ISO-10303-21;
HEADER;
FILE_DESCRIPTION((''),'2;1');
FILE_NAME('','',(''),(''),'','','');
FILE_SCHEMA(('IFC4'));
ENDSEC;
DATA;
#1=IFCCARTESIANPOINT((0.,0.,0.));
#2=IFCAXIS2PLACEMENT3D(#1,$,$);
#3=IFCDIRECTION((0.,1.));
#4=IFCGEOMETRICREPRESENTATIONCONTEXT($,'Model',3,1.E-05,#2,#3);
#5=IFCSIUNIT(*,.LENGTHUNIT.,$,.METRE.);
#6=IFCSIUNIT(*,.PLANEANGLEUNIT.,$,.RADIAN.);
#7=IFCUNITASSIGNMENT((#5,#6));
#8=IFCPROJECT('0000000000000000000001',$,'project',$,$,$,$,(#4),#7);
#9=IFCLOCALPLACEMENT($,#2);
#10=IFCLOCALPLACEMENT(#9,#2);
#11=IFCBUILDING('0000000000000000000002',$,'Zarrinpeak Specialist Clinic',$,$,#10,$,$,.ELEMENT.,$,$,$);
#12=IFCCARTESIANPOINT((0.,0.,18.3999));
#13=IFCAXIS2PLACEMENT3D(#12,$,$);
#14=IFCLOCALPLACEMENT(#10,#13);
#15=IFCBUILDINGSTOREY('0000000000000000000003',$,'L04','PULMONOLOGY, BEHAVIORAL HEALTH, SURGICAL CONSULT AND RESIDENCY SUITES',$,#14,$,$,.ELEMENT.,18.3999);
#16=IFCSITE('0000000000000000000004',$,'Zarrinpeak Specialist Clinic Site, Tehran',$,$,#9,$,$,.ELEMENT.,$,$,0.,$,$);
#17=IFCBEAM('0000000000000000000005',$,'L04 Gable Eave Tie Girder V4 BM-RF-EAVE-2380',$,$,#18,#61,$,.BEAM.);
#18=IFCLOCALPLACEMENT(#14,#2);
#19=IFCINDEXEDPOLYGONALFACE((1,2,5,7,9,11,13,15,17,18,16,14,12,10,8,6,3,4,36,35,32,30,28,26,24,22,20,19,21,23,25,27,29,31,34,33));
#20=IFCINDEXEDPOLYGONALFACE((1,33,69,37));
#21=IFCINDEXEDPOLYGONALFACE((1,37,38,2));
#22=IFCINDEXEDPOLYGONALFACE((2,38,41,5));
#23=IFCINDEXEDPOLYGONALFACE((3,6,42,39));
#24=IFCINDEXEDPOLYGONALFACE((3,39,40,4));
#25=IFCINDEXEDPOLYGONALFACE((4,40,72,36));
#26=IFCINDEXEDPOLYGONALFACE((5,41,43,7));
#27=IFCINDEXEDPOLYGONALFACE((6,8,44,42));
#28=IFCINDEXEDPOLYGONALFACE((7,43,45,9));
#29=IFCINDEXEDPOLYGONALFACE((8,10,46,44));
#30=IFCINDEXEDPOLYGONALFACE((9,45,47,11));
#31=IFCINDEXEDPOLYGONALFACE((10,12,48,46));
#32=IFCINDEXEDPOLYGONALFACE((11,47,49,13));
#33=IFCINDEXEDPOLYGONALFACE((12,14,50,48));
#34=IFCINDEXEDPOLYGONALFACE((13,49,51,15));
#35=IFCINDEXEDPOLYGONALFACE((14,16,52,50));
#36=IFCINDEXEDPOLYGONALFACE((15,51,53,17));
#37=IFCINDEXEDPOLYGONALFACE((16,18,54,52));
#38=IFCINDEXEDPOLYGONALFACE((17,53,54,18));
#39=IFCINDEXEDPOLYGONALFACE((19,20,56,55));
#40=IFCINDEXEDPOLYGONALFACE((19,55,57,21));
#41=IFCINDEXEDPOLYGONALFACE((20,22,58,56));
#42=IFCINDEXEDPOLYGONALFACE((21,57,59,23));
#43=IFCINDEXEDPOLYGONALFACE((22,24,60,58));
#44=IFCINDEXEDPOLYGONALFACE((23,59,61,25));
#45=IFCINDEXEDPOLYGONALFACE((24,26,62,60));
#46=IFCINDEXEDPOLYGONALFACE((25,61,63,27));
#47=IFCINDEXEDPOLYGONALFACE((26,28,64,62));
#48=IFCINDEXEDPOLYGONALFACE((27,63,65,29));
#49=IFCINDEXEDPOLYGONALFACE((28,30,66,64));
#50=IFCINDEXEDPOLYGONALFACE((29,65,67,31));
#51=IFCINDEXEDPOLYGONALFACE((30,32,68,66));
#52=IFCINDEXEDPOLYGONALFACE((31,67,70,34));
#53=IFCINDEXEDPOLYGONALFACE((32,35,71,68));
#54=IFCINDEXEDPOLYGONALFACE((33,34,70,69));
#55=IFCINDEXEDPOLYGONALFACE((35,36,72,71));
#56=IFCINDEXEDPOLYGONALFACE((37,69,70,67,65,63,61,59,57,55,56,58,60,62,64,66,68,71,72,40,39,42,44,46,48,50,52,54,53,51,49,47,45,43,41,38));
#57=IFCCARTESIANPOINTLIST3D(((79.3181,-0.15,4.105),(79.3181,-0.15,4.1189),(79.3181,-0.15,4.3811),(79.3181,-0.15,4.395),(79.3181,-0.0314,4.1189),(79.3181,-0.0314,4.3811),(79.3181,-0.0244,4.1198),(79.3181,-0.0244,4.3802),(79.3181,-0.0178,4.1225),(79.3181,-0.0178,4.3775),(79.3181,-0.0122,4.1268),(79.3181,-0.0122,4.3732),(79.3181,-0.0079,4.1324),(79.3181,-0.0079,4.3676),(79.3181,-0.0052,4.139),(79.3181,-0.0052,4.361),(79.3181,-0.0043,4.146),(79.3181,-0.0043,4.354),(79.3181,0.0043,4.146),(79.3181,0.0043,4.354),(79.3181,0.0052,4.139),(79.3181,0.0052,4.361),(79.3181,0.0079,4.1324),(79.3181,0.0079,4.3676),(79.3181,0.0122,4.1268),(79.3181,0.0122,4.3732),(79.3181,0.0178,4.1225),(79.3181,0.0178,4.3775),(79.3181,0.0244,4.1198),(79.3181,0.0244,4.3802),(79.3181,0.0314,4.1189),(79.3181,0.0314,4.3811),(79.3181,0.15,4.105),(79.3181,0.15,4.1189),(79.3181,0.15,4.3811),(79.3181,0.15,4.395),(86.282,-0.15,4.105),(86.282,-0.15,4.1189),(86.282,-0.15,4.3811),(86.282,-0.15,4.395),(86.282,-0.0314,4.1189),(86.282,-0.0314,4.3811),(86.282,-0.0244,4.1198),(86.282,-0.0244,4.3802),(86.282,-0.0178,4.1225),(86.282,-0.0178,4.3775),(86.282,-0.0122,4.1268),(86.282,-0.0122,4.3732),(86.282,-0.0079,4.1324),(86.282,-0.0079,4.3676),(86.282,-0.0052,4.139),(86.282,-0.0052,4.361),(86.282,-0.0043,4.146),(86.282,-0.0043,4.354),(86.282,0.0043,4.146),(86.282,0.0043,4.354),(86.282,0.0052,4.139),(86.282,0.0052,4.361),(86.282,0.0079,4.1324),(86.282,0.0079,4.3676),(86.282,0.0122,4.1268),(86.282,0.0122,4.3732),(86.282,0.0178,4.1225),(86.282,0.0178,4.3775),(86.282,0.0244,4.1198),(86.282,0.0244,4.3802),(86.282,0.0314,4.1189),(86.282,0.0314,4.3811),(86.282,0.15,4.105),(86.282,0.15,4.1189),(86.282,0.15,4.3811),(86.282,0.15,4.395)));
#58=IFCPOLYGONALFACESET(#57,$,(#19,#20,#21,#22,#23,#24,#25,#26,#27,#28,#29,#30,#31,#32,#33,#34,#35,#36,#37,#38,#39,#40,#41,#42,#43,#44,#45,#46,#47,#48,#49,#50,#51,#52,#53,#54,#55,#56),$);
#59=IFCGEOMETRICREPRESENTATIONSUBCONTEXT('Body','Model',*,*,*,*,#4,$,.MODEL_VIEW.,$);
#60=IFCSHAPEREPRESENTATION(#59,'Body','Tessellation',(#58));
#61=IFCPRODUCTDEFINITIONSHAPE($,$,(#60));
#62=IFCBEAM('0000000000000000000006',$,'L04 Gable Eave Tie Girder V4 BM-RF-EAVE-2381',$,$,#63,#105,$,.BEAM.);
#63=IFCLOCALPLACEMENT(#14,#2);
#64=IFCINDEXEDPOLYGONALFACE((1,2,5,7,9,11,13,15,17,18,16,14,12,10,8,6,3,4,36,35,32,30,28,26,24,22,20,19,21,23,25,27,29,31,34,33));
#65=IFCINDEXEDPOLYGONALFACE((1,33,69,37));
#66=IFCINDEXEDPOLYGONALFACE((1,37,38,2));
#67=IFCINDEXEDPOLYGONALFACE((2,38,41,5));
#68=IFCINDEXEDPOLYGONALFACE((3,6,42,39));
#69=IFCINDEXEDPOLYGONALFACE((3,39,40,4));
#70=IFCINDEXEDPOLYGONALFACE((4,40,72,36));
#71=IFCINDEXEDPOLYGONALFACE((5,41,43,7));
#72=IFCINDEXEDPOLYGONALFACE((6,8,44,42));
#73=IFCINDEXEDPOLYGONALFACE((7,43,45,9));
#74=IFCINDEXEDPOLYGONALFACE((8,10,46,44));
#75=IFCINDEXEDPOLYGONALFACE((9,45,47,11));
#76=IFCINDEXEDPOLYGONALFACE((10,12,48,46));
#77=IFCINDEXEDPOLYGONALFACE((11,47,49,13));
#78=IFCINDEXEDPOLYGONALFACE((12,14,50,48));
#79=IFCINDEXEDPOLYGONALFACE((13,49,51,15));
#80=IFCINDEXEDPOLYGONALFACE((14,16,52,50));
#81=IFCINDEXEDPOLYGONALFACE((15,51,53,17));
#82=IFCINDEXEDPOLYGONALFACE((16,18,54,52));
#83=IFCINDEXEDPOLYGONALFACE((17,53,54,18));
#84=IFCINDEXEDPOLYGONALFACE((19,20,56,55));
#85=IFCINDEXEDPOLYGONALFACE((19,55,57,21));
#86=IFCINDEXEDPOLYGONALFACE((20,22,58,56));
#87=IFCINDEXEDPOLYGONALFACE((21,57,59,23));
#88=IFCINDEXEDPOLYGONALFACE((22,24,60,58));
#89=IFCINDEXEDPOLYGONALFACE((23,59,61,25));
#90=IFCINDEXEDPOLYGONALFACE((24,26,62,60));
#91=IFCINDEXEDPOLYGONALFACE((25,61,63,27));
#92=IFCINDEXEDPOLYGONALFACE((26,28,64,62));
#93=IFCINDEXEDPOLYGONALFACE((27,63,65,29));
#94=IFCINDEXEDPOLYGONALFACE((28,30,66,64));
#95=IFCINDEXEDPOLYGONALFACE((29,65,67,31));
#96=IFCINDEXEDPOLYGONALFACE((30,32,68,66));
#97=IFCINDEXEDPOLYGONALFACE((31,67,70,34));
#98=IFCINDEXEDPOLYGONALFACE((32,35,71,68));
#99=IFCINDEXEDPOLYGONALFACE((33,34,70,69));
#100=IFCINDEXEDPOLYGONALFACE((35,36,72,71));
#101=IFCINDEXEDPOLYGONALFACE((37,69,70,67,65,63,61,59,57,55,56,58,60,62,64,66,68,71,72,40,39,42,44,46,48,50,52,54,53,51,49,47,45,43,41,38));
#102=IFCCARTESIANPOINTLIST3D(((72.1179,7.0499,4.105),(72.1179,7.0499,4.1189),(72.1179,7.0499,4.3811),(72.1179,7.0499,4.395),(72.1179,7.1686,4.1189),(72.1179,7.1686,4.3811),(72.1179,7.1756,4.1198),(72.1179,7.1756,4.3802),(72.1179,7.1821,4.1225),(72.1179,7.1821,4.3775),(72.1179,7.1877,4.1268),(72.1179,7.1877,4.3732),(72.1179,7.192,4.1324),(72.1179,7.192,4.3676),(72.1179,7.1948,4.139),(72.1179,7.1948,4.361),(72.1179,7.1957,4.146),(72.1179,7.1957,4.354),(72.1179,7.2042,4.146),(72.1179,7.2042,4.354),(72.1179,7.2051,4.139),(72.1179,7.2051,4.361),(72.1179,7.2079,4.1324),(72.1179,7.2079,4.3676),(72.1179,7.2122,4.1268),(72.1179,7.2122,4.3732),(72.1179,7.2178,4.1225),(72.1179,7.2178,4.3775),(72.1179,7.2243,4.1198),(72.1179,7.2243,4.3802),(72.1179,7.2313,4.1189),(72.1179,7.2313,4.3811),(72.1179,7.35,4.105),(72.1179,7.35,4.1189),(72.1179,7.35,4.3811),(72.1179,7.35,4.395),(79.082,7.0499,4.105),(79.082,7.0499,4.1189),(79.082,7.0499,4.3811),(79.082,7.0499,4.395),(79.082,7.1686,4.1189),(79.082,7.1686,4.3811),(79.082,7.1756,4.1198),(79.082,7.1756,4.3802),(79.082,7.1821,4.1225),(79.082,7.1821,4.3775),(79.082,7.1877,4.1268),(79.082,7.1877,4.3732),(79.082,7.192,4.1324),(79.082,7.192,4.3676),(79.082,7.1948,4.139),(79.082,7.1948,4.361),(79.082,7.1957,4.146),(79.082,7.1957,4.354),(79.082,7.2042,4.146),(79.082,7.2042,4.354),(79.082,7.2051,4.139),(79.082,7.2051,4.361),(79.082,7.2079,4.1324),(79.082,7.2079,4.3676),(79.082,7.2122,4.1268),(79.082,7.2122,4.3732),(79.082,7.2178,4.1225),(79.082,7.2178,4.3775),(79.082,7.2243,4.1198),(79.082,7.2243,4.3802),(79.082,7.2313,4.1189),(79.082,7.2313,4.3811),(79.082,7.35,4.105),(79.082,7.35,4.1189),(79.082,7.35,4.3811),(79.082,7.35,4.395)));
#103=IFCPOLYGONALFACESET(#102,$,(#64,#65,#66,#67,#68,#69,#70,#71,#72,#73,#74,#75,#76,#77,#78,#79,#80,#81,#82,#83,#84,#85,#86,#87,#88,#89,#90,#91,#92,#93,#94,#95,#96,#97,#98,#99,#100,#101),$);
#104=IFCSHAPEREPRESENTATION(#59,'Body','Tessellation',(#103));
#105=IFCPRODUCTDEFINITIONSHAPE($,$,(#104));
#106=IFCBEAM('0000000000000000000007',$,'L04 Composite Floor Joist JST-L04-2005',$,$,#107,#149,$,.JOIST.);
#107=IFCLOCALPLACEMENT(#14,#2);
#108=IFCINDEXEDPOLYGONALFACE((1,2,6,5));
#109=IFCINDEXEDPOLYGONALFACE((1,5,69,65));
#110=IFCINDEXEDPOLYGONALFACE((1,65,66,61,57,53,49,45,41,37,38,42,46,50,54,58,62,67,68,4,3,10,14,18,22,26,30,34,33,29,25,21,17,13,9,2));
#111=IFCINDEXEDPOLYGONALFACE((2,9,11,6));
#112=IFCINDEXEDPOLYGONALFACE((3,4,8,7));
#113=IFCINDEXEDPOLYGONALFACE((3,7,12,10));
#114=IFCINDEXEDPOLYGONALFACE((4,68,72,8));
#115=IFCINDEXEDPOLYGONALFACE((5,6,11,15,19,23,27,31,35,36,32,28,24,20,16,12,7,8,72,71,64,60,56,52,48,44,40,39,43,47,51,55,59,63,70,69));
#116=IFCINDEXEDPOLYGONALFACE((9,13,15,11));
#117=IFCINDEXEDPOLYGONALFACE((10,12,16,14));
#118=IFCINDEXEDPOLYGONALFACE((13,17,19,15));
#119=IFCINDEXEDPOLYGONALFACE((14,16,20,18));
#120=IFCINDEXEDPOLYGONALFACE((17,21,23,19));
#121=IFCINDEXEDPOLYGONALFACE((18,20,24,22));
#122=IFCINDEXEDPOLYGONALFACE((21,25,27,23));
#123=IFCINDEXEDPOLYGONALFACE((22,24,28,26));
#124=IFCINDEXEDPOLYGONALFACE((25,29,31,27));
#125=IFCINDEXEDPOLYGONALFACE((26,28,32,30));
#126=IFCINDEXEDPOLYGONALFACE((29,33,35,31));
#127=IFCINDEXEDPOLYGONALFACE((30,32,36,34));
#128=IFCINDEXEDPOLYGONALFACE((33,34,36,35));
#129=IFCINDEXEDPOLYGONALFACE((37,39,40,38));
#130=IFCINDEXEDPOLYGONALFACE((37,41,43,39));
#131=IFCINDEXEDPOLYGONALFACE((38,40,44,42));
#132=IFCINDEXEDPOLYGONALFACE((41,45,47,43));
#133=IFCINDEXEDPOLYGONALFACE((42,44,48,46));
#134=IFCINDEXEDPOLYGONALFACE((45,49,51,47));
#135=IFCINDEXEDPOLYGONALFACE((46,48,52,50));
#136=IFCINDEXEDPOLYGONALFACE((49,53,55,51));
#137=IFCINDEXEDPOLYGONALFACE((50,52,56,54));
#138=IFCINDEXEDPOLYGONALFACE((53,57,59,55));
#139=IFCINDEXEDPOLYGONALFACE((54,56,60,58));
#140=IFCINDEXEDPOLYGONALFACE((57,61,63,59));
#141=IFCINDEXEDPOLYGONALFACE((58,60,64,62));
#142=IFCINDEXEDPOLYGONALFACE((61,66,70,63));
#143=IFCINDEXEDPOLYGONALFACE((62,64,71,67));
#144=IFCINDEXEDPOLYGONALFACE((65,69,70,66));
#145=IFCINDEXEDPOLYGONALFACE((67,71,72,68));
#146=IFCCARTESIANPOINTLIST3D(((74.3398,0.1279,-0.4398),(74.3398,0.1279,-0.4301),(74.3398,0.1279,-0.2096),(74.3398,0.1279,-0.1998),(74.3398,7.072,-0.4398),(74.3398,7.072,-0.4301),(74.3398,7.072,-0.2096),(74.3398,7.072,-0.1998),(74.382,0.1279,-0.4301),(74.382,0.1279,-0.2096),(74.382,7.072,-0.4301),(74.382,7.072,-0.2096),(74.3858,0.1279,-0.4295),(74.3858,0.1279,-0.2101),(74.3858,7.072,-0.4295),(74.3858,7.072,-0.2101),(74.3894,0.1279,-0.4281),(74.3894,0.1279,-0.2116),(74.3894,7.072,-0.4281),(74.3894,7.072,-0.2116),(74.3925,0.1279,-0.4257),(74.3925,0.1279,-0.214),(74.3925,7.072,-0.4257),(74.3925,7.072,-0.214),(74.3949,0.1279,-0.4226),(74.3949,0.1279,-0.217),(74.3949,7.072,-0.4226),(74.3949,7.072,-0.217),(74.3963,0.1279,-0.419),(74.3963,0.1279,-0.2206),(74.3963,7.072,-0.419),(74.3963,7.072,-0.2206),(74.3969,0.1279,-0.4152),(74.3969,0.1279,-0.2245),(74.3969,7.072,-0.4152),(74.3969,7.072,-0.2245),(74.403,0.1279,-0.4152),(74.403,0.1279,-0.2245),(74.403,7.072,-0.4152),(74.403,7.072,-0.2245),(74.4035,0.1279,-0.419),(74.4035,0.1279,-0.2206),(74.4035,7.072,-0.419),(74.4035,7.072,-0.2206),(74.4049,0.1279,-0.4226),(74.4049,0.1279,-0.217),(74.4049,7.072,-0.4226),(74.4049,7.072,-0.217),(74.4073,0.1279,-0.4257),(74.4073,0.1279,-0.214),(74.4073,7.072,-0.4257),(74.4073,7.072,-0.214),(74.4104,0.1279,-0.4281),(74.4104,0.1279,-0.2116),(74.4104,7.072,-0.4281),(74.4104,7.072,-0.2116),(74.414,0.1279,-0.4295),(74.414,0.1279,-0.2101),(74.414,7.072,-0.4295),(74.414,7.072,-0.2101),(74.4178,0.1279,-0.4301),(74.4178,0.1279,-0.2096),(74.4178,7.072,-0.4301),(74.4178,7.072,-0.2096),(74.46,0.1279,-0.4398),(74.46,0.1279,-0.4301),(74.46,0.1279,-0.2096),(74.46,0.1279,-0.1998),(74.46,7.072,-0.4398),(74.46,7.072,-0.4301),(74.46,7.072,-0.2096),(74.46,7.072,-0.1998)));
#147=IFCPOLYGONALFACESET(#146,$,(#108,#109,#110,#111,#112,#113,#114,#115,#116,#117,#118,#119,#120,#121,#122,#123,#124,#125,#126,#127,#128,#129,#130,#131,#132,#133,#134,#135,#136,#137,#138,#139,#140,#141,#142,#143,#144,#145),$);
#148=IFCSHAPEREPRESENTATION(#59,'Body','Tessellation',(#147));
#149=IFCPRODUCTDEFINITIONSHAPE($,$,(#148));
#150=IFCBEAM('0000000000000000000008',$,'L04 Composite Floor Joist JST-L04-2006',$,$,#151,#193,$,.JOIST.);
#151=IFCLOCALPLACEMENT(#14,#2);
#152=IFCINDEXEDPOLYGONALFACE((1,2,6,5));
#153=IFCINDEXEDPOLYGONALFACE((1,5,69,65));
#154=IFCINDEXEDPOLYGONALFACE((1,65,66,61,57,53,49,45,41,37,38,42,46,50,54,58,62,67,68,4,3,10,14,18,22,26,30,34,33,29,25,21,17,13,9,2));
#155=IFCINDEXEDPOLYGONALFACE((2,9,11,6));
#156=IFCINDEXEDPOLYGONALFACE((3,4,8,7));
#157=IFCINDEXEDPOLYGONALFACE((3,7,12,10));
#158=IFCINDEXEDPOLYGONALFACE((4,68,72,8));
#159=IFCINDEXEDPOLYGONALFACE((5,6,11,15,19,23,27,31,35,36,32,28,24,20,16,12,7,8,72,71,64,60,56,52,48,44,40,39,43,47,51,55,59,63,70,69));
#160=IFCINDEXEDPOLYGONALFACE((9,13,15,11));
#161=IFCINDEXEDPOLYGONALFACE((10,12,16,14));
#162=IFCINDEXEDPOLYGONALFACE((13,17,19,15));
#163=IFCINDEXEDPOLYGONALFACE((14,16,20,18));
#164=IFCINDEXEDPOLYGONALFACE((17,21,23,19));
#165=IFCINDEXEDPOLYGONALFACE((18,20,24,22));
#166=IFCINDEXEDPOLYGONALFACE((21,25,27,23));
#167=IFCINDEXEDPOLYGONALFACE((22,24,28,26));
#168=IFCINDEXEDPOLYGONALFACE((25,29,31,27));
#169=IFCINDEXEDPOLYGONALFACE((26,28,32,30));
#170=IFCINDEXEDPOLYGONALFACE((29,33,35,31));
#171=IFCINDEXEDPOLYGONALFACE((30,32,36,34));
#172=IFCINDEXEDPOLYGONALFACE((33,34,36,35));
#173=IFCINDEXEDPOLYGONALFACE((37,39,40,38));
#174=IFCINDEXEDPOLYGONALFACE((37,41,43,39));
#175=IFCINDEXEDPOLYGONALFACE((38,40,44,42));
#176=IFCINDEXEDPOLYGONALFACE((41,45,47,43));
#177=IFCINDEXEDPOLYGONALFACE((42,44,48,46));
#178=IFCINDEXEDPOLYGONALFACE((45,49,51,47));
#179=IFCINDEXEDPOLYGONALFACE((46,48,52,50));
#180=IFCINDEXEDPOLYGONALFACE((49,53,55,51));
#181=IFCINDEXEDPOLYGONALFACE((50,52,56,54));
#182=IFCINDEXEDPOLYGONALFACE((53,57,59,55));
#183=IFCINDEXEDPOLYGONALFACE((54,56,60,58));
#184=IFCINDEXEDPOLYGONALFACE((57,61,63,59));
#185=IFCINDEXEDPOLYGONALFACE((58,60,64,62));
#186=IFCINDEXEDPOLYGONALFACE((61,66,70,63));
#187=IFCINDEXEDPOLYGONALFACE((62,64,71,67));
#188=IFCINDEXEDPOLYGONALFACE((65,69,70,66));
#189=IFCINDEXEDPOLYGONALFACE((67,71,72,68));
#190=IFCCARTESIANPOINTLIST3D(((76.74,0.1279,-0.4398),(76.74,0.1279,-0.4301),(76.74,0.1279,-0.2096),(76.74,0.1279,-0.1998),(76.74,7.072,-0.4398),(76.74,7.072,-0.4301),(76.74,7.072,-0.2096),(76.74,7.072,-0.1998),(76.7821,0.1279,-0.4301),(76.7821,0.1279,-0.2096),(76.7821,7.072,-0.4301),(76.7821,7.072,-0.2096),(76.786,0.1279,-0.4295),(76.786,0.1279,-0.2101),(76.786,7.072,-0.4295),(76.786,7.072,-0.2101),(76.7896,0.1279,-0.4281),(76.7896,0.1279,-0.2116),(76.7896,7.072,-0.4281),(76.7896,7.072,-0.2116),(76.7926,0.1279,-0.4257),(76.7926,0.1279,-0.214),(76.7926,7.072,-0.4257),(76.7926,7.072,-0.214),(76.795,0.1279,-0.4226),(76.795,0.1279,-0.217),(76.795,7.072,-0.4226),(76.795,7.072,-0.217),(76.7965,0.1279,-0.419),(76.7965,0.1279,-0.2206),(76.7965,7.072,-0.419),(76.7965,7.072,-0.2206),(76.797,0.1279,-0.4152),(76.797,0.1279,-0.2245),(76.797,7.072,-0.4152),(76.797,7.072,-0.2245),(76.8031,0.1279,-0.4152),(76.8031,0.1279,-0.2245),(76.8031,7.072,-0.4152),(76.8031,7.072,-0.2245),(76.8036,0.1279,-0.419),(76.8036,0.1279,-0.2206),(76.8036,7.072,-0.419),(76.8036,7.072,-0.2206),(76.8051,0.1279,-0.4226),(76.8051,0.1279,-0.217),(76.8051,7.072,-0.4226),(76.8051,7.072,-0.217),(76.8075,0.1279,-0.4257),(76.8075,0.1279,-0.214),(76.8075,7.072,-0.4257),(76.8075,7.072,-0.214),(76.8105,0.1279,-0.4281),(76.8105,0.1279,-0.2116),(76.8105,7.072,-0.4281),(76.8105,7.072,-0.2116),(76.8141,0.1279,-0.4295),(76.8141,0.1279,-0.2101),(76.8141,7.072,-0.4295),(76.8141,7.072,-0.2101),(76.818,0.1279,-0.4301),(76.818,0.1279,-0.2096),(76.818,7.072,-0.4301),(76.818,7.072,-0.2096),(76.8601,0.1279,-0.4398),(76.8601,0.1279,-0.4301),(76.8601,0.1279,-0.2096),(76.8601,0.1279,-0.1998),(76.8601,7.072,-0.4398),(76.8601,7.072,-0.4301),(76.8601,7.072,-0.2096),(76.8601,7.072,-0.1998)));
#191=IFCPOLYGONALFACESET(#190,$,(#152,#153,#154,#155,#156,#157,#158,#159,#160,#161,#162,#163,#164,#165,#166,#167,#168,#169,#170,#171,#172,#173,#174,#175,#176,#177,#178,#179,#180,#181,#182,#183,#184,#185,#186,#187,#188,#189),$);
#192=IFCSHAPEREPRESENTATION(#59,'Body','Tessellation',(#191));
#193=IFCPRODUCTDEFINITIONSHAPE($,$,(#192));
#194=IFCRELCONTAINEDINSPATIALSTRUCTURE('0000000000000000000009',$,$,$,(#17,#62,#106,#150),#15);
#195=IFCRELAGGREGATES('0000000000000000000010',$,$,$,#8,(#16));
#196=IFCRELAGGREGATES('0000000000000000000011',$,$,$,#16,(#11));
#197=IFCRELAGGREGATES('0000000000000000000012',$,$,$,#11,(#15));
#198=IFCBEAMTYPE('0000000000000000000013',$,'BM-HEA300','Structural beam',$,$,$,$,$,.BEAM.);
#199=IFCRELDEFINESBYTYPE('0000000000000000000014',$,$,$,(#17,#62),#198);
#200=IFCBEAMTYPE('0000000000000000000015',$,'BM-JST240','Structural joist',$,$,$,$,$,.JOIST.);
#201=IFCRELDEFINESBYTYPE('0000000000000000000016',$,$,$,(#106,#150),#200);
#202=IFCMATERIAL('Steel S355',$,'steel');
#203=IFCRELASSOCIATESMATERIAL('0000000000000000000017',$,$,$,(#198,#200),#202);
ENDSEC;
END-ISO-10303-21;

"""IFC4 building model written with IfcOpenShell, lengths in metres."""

from ifc_helpers import new_model, si_unit, direction, frame, origin, origin_2d, place, context, subcontext, project, spatial, i_section, extrude, material, material_profile, profile_set, type_object, element, save


model = new_model("IFC4")

# Units and contexts
model_context = context("Model", 3, precision=1e-05, world=origin(), true_north=direction((0.0, 1.0)))
body_context = subcontext(model_context, "Body", "Model", "MODEL_VIEW")
ifc_project = project(units=[si_unit("LENGTHUNIT", "METRE"), si_unit("PLANEANGLEUNIT", "RADIAN")], contexts=[model_context])

# Site, building, storey
site_placement = place(None, origin())
site = spatial("IfcSite", under=ifc_project, at=site_placement, Name="Zarrinpeak Specialist Clinic Site, Tehran", CompositionType="ELEMENT", RefElevation=0.0)
building_placement = place(site_placement, origin())
building = spatial("IfcBuilding", under=site, at=building_placement, Name="Zarrinpeak Specialist Clinic", CompositionType="ELEMENT")
storey_placement = place(building_placement, frame((0.0, 0.0, 18.3999)))
storey = spatial("IfcBuildingStorey", under=building, at=storey_placement, Name="L04", Description="PULMONOLOGY, BEHAVIORAL HEALTH, SURGICAL CONSULT AND RESIDENCY SUITES", CompositionType="ELEMENT", Elevation=18.3999)

# Shared definitions
ifc_material_1 = material(Name="Steel S355", Category="steel")

# Beams
ifc_material_profile_1 = material_profile(ifc_material_1, i_section(OverallWidth=0.3, OverallDepth=0.29, WebThickness=0.0085, FlangeThickness=0.0139, FilletRadius=0.0271, at=origin_2d()), Name="HEA 300")
ifc_profile_set_1 = profile_set([ifc_material_profile_1], Name="Steel S355")
beam_type_1 = type_object("IfcBeamType", Name="BM-HEA300", Description="Structural beam", PredefinedType="BEAM", material=ifc_profile_set_1)
beam_1_placement = place(storey_placement, frame((79.3181, 0.0, 4.25), z_axis=(1.0, 0.0, 0.0), x_axis=(0.0, 1.0, 0.0)))
element("IfcBeam", 1, at=beam_1_placement, inside=storey, type_object=beam_type_1, Name="L04 Gable Eave Tie Girder V4 BM-RF-EAVE-2380", PredefinedType="BEAM", context=body_context, shape_type="SweptSolid", body=[
    extrude(i_section(OverallWidth=0.3, OverallDepth=0.29, WebThickness=0.0085, FlangeThickness=0.0139, FilletRadius=0.0271, at=origin_2d()), origin(), (0.0, 0.0, 1.0), 6.9639),
])
beam_2_placement = place(storey_placement, frame((72.1179, 7.2, 4.25), z_axis=(1.0, 0.0, 0.0), x_axis=(0.0, 1.0, 0.0)))
element("IfcBeam", 2, at=beam_2_placement, inside=storey, type_object=beam_type_1, Name="L04 Gable Eave Tie Girder V4 BM-RF-EAVE-2381", PredefinedType="BEAM", context=body_context, shape_type="SweptSolid", body=[
    extrude(i_section(OverallWidth=0.3, OverallDepth=0.29, WebThickness=0.0085, FlangeThickness=0.0139, FilletRadius=0.0271, at=origin_2d()), origin(), (0.0, 0.0, 1.0), 6.9641),
])
ifc_material_profile_2 = material_profile(ifc_material_1, i_section(OverallWidth=0.1201, OverallDepth=0.24, WebThickness=0.0061, FlangeThickness=0.0098, FilletRadius=0.0149, at=origin_2d()), Name="IPE 240")
ifc_profile_set_2 = profile_set([ifc_material_profile_2], Name="Steel S355")
beam_type_2 = type_object("IfcBeamType", Name="BM-JST240", Description="Structural joist", PredefinedType="JOIST", material=ifc_profile_set_2)
for number, where, z_axis, x_axis, name in (
    (3, (74.3999, 0.1279, -0.3198), (0.0, 1.0, 0.0), (-1.0, 0.0, 0.0), "L04 Composite Floor Joist JST-L04-2005"),
    (4, (76.8, 0.1279, -0.3198), (0.0, 1.0, 0.0), (-1.0, 0.0, 0.0), "L04 Composite Floor Joist JST-L04-2006"),
):
    element("IfcBeam", number, at=place(storey_placement, frame(where, z_axis=z_axis, x_axis=x_axis)), inside=storey, type_object=beam_type_2, Name=name, PredefinedType="JOIST", context=body_context, shape_type="SweptSolid", body=[
        extrude(i_section(OverallWidth=0.1201, OverallDepth=0.24, WebThickness=0.0061, FlangeThickness=0.0098, FilletRadius=0.0149, at=origin_2d()), origin(), (0.0, 0.0, 1.0), 6.9441),
    ])

save(model, "model.ifc")
